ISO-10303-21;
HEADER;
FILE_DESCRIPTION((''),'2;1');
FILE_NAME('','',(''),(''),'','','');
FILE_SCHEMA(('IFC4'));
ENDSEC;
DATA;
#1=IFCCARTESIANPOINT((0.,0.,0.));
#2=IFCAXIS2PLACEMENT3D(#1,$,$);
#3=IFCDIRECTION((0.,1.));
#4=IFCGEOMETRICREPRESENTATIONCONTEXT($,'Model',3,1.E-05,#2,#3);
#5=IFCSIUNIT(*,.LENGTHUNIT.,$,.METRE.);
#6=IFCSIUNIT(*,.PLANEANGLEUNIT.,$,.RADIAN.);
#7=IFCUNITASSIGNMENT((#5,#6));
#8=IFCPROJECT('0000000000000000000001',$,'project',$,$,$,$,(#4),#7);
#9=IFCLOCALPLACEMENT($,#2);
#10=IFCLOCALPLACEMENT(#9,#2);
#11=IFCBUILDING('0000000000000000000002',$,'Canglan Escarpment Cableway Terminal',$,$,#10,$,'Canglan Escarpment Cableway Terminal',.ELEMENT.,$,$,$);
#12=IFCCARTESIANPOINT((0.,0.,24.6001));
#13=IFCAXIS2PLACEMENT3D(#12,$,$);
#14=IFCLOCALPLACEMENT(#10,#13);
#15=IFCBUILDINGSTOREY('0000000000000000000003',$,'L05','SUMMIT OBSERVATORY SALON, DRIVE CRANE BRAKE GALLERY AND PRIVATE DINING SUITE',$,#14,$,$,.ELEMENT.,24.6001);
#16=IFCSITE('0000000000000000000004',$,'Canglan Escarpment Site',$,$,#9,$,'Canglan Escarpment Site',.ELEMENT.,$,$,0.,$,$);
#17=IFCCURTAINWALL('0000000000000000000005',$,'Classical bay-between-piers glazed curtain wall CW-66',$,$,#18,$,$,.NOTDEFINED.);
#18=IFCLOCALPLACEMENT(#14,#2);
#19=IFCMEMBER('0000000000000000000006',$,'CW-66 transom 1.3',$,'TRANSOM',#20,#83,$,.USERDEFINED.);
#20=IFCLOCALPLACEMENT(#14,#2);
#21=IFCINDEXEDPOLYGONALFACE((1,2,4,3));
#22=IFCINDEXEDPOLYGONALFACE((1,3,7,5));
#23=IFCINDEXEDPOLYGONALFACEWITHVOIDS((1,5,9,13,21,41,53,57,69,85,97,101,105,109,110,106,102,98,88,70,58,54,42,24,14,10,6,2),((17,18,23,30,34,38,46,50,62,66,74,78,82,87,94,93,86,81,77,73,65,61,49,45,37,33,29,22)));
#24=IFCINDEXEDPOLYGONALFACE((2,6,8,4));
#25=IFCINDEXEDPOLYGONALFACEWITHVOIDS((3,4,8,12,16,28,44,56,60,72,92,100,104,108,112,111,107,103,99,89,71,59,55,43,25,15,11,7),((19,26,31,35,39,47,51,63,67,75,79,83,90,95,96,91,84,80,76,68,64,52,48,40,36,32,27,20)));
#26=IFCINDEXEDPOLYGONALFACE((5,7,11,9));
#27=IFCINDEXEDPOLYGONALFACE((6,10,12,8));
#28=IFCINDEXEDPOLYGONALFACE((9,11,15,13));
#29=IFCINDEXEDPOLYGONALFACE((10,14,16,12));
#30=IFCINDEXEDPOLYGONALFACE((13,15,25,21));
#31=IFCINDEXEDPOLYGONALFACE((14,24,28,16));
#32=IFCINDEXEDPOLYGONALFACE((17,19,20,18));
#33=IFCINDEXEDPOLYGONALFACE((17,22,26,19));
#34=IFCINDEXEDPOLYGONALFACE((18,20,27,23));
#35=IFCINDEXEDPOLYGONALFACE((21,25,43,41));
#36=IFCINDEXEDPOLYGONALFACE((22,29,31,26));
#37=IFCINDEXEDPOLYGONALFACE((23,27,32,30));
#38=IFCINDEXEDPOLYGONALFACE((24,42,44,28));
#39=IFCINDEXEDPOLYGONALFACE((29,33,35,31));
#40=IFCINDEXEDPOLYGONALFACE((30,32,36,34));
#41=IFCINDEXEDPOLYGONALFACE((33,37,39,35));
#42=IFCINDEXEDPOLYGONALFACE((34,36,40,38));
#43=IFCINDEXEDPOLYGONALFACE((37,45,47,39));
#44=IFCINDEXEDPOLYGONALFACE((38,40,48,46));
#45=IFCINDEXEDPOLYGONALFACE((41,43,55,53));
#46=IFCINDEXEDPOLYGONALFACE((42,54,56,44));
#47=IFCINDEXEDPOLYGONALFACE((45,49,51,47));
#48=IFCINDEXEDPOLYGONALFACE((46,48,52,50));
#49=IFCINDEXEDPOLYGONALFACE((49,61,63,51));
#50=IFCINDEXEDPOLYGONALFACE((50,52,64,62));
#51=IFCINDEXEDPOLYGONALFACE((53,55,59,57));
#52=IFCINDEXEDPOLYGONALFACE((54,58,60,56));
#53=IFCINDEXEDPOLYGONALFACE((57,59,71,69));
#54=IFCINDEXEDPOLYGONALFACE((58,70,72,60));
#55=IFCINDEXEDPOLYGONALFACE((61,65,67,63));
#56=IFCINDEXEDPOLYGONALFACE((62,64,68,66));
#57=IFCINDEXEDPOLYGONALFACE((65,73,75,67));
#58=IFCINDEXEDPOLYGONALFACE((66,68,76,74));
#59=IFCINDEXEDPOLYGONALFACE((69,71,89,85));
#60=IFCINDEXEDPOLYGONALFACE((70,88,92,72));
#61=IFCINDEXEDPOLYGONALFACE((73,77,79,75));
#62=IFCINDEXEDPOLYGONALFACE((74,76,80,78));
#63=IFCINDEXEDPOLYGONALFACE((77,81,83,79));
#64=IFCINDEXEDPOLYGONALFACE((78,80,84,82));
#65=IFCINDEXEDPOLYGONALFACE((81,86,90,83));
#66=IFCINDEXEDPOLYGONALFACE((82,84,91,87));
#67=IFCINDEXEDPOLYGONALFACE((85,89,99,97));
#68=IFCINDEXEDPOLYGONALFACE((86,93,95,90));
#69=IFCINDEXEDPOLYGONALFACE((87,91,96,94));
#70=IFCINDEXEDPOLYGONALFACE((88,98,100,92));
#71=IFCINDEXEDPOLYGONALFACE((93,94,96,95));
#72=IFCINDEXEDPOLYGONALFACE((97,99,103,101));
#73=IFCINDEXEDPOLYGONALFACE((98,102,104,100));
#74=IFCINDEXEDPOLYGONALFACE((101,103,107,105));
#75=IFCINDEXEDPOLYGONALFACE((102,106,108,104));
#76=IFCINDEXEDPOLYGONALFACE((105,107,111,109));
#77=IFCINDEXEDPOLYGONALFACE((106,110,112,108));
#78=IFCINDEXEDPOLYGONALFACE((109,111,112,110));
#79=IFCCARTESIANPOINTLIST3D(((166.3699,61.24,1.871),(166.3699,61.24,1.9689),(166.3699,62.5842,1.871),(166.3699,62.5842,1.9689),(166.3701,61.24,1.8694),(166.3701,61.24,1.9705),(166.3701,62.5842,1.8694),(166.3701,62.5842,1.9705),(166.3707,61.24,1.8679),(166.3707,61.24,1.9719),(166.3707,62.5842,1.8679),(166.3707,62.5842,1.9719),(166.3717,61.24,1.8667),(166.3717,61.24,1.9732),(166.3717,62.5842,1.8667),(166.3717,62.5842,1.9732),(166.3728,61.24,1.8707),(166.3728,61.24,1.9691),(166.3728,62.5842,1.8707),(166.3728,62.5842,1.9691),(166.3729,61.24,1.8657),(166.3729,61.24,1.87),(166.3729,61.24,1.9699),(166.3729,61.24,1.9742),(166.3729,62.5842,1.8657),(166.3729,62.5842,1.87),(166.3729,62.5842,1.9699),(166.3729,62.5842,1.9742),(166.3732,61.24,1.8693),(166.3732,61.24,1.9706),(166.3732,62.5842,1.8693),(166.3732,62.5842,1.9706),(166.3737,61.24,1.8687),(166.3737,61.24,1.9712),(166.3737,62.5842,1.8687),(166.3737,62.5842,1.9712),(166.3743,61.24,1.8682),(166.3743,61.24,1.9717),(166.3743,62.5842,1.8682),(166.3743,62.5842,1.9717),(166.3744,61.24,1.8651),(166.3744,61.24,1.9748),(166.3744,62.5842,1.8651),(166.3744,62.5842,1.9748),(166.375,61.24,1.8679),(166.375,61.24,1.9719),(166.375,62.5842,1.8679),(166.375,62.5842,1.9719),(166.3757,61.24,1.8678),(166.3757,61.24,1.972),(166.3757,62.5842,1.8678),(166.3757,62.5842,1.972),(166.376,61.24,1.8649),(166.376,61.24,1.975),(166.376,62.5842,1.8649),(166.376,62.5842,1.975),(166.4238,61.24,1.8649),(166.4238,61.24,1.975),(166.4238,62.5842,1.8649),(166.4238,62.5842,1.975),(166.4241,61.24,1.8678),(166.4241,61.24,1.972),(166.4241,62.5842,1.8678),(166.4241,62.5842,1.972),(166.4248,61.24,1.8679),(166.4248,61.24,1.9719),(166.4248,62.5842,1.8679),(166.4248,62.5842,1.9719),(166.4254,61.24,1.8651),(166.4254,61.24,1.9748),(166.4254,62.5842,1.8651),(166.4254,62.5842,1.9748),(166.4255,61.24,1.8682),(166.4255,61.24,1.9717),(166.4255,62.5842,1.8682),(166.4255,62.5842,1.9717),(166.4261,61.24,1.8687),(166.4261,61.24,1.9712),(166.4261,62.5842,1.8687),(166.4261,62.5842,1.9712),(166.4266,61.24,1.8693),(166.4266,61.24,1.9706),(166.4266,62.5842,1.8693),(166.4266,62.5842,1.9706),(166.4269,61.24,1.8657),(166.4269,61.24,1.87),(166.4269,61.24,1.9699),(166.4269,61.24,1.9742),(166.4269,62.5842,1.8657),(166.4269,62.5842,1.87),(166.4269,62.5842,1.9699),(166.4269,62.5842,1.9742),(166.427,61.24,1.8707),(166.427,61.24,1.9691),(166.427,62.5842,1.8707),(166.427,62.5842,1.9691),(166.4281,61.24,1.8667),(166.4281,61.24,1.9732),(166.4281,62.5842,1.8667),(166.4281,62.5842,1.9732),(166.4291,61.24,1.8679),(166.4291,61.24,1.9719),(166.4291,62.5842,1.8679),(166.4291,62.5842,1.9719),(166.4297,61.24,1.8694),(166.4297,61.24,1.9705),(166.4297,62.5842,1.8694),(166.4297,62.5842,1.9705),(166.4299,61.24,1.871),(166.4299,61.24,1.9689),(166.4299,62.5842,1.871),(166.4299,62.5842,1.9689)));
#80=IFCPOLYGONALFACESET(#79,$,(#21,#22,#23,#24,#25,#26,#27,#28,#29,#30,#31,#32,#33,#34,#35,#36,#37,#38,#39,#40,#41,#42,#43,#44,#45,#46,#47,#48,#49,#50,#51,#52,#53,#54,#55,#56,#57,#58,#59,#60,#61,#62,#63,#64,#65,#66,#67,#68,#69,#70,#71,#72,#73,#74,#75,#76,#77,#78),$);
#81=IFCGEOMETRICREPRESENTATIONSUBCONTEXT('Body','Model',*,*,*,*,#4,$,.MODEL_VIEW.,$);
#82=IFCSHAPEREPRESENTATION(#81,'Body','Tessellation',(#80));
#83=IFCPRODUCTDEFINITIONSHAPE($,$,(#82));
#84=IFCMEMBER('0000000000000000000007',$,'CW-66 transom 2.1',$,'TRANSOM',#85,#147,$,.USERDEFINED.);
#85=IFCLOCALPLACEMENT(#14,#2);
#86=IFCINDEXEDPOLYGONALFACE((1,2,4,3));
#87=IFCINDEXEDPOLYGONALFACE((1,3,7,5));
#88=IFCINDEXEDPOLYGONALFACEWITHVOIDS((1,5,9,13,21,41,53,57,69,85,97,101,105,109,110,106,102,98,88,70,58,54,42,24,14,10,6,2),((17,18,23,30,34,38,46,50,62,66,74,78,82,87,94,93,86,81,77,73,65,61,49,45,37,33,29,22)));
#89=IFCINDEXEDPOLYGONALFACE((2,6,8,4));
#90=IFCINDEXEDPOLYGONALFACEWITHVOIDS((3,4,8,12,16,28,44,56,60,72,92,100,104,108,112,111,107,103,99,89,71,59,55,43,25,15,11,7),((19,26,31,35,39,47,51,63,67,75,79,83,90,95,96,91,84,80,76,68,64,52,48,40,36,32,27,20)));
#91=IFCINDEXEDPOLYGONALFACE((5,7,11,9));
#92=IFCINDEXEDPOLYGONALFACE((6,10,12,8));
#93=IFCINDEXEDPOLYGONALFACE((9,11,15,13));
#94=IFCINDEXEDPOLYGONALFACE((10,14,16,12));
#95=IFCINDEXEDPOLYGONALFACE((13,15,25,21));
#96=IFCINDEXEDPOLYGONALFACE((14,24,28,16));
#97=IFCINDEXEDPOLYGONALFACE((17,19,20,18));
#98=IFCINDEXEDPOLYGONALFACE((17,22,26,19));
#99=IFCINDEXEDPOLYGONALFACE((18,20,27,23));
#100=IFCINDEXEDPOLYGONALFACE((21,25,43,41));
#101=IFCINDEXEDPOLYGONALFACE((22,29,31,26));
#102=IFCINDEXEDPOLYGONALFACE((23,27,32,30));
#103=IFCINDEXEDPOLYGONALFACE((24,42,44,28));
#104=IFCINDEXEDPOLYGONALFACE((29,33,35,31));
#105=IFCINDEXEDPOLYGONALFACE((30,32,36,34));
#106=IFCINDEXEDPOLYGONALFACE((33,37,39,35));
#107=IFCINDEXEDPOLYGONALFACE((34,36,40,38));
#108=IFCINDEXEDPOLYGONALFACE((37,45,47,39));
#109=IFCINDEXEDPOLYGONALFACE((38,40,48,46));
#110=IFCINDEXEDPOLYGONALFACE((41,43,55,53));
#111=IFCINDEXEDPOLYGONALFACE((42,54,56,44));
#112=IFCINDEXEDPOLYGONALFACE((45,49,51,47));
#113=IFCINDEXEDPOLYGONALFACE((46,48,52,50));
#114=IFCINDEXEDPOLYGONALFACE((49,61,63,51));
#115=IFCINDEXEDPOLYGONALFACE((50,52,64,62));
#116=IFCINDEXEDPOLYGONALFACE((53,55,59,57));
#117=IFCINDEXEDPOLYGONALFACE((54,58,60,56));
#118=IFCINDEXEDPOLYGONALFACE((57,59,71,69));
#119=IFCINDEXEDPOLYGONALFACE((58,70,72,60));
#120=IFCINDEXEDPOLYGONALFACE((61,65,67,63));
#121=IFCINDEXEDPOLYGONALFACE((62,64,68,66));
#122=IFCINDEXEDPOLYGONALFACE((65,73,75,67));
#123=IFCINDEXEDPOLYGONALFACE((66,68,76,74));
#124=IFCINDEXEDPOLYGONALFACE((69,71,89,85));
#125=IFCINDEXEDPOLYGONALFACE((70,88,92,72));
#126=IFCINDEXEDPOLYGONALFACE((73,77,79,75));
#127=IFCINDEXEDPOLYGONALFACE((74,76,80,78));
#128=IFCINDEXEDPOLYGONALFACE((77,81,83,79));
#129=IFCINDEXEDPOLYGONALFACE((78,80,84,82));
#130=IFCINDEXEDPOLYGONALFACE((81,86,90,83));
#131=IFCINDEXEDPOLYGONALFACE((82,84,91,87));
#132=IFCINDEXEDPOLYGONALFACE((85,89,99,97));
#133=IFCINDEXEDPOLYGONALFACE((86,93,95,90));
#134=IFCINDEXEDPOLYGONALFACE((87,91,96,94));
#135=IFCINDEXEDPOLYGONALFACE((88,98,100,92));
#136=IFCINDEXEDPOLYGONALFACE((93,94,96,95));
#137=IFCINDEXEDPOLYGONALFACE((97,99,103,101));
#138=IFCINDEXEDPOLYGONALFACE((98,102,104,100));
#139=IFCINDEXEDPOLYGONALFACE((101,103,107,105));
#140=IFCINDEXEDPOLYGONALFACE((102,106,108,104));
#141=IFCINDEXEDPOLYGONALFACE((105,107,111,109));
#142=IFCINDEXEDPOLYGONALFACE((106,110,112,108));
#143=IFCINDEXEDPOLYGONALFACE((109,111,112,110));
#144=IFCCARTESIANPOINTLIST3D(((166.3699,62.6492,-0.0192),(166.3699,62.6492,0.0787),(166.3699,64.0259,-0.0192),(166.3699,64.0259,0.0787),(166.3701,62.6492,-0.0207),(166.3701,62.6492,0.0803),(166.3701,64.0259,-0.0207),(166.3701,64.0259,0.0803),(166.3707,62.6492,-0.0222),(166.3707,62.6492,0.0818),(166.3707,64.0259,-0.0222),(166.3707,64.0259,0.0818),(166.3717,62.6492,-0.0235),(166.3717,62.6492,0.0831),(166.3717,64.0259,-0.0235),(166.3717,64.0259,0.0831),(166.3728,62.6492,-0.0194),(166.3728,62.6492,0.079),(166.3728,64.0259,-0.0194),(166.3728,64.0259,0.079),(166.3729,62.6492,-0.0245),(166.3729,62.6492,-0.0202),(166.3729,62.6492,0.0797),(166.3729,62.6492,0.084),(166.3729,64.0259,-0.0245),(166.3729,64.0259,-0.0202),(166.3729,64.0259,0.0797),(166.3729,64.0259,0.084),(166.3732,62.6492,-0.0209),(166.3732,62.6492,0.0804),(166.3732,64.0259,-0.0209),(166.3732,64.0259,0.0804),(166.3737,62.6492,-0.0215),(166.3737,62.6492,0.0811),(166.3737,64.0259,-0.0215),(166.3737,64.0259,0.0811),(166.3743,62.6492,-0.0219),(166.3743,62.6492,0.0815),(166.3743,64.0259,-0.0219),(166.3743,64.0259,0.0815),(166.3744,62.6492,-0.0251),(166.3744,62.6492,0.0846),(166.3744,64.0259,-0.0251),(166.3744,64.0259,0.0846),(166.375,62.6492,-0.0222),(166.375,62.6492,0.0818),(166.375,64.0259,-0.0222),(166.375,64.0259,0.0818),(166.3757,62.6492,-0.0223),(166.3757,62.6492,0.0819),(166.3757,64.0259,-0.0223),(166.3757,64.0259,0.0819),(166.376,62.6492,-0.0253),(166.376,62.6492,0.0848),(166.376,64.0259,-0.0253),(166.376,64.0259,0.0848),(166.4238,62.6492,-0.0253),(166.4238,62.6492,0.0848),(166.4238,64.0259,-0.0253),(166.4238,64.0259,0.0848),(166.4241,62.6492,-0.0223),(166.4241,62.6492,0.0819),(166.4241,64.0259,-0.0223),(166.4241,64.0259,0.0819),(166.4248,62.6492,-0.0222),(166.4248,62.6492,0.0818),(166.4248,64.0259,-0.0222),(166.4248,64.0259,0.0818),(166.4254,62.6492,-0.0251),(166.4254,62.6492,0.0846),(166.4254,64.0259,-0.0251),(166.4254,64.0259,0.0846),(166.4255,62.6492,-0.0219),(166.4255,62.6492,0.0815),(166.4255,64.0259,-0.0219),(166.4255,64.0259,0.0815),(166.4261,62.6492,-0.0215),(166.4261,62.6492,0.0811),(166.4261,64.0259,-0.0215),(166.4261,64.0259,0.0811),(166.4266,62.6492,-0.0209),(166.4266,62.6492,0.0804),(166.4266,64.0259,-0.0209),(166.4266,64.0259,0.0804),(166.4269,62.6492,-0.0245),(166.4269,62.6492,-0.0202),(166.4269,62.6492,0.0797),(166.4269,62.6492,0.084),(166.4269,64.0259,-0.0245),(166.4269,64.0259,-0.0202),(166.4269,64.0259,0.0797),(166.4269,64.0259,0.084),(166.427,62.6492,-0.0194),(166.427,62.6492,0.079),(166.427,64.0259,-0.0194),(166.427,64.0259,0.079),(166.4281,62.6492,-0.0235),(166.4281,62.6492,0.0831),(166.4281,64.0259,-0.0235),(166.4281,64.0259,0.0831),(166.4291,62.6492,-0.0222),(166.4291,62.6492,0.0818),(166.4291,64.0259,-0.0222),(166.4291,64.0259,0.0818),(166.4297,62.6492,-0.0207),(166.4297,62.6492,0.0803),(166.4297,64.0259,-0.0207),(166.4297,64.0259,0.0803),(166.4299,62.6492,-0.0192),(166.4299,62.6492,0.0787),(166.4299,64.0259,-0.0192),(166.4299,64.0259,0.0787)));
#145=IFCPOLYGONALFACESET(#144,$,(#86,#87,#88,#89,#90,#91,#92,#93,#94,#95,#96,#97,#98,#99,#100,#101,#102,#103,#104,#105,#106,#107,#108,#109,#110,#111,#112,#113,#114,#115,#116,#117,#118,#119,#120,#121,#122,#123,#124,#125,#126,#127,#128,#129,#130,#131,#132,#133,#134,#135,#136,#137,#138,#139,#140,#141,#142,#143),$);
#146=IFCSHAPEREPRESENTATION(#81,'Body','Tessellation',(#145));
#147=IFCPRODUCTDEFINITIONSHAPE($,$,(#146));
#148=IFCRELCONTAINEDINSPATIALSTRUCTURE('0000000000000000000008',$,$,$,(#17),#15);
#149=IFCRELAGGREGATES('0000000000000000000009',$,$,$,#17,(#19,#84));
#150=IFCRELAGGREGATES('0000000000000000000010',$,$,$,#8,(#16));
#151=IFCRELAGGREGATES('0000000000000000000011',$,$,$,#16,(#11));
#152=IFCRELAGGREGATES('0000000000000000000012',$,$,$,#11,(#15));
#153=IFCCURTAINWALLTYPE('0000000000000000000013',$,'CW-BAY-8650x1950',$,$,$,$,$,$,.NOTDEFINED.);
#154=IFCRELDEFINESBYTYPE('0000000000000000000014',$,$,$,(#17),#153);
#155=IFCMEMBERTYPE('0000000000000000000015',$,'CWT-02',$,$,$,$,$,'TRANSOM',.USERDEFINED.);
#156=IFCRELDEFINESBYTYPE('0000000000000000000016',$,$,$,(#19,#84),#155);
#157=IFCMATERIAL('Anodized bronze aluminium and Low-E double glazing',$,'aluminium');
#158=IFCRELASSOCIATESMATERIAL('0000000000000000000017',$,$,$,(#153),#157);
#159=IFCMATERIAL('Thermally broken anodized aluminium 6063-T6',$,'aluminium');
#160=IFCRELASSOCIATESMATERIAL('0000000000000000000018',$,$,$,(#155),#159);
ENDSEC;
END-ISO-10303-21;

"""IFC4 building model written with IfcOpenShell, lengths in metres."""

from ifc_helpers import new_model, si_unit, direction, frame, origin, origin_2d, place, context, subcontext, project, spatial, hollow_rectangle, extrude, material, material_profile, profile_set, type_object, element, aggregate, save


model = new_model("IFC4")

# Units and contexts
model_context = context("Model", 3, precision=1e-05, world=origin(), true_north=direction((0.0, 1.0)))
body_context = subcontext(model_context, "Body", "Model", "MODEL_VIEW")
ifc_project = project(units=[si_unit("LENGTHUNIT", "METRE"), si_unit("PLANEANGLEUNIT", "RADIAN")], contexts=[model_context])

# Site, building, storey
site_placement = place(None, origin())
site = spatial("IfcSite", under=ifc_project, at=site_placement, Name="Canglan Escarpment Site", LongName="Canglan Escarpment Site", CompositionType="ELEMENT", RefElevation=0.0)
building_placement = place(site_placement, origin())
building = spatial("IfcBuilding", under=site, at=building_placement, Name="Canglan Escarpment Cableway Terminal", LongName="Canglan Escarpment Cableway Terminal", CompositionType="ELEMENT")
storey_placement = place(building_placement, frame((0.0, 0.0, 24.6001)))
storey = spatial("IfcBuildingStorey", under=building, at=storey_placement, Name="L05", Description="SUMMIT OBSERVATORY SALON, DRIVE CRANE BRAKE GALLERY AND PRIVATE DINING SUITE", CompositionType="ELEMENT", Elevation=24.6001)

# Shared definitions
ifc_material_1 = material(Name="Anodized bronze aluminium and Low-E double glazing", Category="aluminium")
curtain_wall_type = type_object("IfcCurtainWallType", Name="CW-BAY-8650x1950", PredefinedType="NOTDEFINED", material=ifc_material_1)
ifc_material_2 = material(Name="Thermally broken anodized aluminium 6063-T6", Category="aluminium")

# Curtain wall
curtain_wall_1_placement = place(storey_placement, origin())
curtain_wall_1 = element("IfcCurtainWall", 1, at=curtain_wall_1_placement, inside=storey, type_object=curtain_wall_type, Name="Classical bay-between-piers glazed curtain wall CW-66", PredefinedType="NOTDEFINED")

# Members
ifc_material_profile_1 = material_profile(ifc_material_2, hollow_rectangle(XDim=0.0601, YDim=0.1101, WallThickness=0.0029, InnerFilletRadius=0.0029, OuterFilletRadius=0.0061, at=origin_2d()), Name="ALU-TRAN 60x110x3")
ifc_profile_set_1 = profile_set([ifc_material_profile_1], Name="Thermally broken anodized aluminium 6063-T6")
member_type_1 = type_object("IfcMemberType", Name="CWT-02", ElementType="TRANSOM", PredefinedType="USERDEFINED", material=ifc_profile_set_1)
member_1_placement = place(storey_placement, frame((166.3999, 61.24, 1.9199), z_axis=(0.0, 1.0, 0.0), x_axis=(-1.0, 0.0, 0.0)))
member_1 = element("IfcMember", 2, at=member_1_placement, type_object=member_type_1, Name="CW-66 transom 1.3", ObjectType="TRANSOM", PredefinedType="USERDEFINED", context=body_context, shape_type="SweptSolid", body=[
    extrude(hollow_rectangle(XDim=0.0601, YDim=0.1101, WallThickness=0.0029, InnerFilletRadius=0.0029, OuterFilletRadius=0.0061, at=origin_2d()), origin(), (0.0, 0.0, 1.0), 1.3442),
])
member_2_placement = place(storey_placement, frame((166.3999, 62.6492, 0.0298), z_axis=(0.0, 1.0, 0.0), x_axis=(-1.0, 0.0, 0.0)))
member_2 = element("IfcMember", 3, at=member_2_placement, type_object=member_type_1, Name="CW-66 transom 2.1", ObjectType="TRANSOM", PredefinedType="USERDEFINED", context=body_context, shape_type="SweptSolid", body=[
    extrude(hollow_rectangle(XDim=0.0601, YDim=0.1101, WallThickness=0.0029, InnerFilletRadius=0.0029, OuterFilletRadius=0.0061, at=origin_2d()), origin(), (0.0, 0.0, 1.0), 1.3767),
])

aggregate(curtain_wall_1, [member_1, member_2])

save(model, "model.ifc")
